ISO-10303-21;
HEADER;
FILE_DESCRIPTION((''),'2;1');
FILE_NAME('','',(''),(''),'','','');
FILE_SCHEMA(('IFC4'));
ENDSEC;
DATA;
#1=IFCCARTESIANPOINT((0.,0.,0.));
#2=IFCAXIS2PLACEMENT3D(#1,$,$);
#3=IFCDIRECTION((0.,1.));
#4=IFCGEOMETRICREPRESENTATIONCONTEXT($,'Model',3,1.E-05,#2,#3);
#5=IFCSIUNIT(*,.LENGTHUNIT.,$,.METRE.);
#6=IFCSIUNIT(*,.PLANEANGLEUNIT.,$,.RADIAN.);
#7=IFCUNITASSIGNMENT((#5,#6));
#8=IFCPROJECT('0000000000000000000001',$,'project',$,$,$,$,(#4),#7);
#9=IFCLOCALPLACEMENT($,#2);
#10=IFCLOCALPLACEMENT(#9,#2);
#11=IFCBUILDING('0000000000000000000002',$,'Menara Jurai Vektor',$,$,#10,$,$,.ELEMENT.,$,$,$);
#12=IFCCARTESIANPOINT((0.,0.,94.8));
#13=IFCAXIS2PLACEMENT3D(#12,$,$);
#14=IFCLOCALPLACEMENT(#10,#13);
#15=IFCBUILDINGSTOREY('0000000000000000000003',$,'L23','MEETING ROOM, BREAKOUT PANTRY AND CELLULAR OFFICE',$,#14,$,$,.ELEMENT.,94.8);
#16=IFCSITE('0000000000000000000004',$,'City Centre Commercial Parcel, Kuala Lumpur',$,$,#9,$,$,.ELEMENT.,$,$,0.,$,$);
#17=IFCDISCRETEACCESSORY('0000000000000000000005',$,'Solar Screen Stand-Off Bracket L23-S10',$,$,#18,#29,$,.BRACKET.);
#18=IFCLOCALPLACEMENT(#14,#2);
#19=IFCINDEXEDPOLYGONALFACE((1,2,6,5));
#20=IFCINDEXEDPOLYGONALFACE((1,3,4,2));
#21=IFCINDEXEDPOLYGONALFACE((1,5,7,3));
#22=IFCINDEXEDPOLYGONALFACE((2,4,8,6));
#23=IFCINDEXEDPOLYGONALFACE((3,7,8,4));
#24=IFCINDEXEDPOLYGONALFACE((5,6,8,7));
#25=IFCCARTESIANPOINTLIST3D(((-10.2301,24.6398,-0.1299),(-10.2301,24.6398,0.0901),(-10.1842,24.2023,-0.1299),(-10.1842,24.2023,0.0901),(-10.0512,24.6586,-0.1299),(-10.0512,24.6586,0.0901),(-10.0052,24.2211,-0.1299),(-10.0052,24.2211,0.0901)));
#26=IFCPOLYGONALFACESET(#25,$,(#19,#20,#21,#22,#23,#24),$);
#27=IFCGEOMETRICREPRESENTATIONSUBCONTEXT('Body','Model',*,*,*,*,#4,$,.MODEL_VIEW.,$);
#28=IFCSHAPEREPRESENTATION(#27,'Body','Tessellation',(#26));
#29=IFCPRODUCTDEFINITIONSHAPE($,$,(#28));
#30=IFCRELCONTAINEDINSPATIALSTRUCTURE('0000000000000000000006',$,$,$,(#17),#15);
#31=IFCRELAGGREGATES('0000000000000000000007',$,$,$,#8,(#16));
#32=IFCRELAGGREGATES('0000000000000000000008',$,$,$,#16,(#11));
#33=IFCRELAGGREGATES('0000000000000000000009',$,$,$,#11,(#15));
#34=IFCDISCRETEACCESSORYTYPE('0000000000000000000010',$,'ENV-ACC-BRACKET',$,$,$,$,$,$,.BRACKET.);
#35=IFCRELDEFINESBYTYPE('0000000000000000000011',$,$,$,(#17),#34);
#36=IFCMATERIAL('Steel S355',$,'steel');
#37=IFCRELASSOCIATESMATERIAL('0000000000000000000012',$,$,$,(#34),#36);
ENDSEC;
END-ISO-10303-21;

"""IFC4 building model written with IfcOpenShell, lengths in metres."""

from ifc_helpers import new_model, si_unit, direction, frame, origin, origin_2d, place, context, subcontext, project, spatial, rectangle, extrude, material, type_object, element, save


model = new_model("IFC4")

# Units and contexts
model_context = context("Model", 3, precision=1e-05, world=origin(), true_north=direction((0.0, 1.0)))
body_context = subcontext(model_context, "Body", "Model", "MODEL_VIEW")
ifc_project = project(units=[si_unit("LENGTHUNIT", "METRE"), si_unit("PLANEANGLEUNIT", "RADIAN")], contexts=[model_context])

# Site, building, storey
site_placement = place(None, origin())
site = spatial("IfcSite", under=ifc_project, at=site_placement, Name="City Centre Commercial Parcel, Kuala Lumpur", CompositionType="ELEMENT", RefElevation=0.0)
building_placement = place(site_placement, origin())
building = spatial("IfcBuilding", under=site, at=building_placement, Name="Menara Jurai Vektor", CompositionType="ELEMENT")
storey_placement = place(building_placement, frame((0.0, 0.0, 94.8)))
storey = spatial("IfcBuildingStorey", under=building, at=storey_placement, Name="L23", Description="MEETING ROOM, BREAKOUT PANTRY AND CELLULAR OFFICE", CompositionType="ELEMENT", Elevation=94.8)

# Shared definitions
ifc_material_1 = material(Name="Steel S355", Category="steel")

# Discrete accessory
discrete_accessory_type = type_object("IfcDiscreteAccessoryType", Name="ENV-ACC-BRACKET", PredefinedType="BRACKET", material=ifc_material_1)
discrete_accessory_placement = place(storey_placement, frame((-10.1177, 24.4304, -0.1299), z_axis=(0.0, 0.0, 1.0), x_axis=(-0.994522, -0.104528, 0.0)))
element("IfcDiscreteAccessory", 1, at=discrete_accessory_placement, inside=storey, type_object=discrete_accessory_type, Name="Solar Screen Stand-Off Bracket L23-S10", PredefinedType="BRACKET", context=body_context, shape_type="SweptSolid", body=[
    extrude(rectangle(XDim=0.1799, YDim=0.4399, at=origin_2d()), origin(), (0.0, 0.0, 1.0), 0.22),
])

save(model, "model.ifc")
